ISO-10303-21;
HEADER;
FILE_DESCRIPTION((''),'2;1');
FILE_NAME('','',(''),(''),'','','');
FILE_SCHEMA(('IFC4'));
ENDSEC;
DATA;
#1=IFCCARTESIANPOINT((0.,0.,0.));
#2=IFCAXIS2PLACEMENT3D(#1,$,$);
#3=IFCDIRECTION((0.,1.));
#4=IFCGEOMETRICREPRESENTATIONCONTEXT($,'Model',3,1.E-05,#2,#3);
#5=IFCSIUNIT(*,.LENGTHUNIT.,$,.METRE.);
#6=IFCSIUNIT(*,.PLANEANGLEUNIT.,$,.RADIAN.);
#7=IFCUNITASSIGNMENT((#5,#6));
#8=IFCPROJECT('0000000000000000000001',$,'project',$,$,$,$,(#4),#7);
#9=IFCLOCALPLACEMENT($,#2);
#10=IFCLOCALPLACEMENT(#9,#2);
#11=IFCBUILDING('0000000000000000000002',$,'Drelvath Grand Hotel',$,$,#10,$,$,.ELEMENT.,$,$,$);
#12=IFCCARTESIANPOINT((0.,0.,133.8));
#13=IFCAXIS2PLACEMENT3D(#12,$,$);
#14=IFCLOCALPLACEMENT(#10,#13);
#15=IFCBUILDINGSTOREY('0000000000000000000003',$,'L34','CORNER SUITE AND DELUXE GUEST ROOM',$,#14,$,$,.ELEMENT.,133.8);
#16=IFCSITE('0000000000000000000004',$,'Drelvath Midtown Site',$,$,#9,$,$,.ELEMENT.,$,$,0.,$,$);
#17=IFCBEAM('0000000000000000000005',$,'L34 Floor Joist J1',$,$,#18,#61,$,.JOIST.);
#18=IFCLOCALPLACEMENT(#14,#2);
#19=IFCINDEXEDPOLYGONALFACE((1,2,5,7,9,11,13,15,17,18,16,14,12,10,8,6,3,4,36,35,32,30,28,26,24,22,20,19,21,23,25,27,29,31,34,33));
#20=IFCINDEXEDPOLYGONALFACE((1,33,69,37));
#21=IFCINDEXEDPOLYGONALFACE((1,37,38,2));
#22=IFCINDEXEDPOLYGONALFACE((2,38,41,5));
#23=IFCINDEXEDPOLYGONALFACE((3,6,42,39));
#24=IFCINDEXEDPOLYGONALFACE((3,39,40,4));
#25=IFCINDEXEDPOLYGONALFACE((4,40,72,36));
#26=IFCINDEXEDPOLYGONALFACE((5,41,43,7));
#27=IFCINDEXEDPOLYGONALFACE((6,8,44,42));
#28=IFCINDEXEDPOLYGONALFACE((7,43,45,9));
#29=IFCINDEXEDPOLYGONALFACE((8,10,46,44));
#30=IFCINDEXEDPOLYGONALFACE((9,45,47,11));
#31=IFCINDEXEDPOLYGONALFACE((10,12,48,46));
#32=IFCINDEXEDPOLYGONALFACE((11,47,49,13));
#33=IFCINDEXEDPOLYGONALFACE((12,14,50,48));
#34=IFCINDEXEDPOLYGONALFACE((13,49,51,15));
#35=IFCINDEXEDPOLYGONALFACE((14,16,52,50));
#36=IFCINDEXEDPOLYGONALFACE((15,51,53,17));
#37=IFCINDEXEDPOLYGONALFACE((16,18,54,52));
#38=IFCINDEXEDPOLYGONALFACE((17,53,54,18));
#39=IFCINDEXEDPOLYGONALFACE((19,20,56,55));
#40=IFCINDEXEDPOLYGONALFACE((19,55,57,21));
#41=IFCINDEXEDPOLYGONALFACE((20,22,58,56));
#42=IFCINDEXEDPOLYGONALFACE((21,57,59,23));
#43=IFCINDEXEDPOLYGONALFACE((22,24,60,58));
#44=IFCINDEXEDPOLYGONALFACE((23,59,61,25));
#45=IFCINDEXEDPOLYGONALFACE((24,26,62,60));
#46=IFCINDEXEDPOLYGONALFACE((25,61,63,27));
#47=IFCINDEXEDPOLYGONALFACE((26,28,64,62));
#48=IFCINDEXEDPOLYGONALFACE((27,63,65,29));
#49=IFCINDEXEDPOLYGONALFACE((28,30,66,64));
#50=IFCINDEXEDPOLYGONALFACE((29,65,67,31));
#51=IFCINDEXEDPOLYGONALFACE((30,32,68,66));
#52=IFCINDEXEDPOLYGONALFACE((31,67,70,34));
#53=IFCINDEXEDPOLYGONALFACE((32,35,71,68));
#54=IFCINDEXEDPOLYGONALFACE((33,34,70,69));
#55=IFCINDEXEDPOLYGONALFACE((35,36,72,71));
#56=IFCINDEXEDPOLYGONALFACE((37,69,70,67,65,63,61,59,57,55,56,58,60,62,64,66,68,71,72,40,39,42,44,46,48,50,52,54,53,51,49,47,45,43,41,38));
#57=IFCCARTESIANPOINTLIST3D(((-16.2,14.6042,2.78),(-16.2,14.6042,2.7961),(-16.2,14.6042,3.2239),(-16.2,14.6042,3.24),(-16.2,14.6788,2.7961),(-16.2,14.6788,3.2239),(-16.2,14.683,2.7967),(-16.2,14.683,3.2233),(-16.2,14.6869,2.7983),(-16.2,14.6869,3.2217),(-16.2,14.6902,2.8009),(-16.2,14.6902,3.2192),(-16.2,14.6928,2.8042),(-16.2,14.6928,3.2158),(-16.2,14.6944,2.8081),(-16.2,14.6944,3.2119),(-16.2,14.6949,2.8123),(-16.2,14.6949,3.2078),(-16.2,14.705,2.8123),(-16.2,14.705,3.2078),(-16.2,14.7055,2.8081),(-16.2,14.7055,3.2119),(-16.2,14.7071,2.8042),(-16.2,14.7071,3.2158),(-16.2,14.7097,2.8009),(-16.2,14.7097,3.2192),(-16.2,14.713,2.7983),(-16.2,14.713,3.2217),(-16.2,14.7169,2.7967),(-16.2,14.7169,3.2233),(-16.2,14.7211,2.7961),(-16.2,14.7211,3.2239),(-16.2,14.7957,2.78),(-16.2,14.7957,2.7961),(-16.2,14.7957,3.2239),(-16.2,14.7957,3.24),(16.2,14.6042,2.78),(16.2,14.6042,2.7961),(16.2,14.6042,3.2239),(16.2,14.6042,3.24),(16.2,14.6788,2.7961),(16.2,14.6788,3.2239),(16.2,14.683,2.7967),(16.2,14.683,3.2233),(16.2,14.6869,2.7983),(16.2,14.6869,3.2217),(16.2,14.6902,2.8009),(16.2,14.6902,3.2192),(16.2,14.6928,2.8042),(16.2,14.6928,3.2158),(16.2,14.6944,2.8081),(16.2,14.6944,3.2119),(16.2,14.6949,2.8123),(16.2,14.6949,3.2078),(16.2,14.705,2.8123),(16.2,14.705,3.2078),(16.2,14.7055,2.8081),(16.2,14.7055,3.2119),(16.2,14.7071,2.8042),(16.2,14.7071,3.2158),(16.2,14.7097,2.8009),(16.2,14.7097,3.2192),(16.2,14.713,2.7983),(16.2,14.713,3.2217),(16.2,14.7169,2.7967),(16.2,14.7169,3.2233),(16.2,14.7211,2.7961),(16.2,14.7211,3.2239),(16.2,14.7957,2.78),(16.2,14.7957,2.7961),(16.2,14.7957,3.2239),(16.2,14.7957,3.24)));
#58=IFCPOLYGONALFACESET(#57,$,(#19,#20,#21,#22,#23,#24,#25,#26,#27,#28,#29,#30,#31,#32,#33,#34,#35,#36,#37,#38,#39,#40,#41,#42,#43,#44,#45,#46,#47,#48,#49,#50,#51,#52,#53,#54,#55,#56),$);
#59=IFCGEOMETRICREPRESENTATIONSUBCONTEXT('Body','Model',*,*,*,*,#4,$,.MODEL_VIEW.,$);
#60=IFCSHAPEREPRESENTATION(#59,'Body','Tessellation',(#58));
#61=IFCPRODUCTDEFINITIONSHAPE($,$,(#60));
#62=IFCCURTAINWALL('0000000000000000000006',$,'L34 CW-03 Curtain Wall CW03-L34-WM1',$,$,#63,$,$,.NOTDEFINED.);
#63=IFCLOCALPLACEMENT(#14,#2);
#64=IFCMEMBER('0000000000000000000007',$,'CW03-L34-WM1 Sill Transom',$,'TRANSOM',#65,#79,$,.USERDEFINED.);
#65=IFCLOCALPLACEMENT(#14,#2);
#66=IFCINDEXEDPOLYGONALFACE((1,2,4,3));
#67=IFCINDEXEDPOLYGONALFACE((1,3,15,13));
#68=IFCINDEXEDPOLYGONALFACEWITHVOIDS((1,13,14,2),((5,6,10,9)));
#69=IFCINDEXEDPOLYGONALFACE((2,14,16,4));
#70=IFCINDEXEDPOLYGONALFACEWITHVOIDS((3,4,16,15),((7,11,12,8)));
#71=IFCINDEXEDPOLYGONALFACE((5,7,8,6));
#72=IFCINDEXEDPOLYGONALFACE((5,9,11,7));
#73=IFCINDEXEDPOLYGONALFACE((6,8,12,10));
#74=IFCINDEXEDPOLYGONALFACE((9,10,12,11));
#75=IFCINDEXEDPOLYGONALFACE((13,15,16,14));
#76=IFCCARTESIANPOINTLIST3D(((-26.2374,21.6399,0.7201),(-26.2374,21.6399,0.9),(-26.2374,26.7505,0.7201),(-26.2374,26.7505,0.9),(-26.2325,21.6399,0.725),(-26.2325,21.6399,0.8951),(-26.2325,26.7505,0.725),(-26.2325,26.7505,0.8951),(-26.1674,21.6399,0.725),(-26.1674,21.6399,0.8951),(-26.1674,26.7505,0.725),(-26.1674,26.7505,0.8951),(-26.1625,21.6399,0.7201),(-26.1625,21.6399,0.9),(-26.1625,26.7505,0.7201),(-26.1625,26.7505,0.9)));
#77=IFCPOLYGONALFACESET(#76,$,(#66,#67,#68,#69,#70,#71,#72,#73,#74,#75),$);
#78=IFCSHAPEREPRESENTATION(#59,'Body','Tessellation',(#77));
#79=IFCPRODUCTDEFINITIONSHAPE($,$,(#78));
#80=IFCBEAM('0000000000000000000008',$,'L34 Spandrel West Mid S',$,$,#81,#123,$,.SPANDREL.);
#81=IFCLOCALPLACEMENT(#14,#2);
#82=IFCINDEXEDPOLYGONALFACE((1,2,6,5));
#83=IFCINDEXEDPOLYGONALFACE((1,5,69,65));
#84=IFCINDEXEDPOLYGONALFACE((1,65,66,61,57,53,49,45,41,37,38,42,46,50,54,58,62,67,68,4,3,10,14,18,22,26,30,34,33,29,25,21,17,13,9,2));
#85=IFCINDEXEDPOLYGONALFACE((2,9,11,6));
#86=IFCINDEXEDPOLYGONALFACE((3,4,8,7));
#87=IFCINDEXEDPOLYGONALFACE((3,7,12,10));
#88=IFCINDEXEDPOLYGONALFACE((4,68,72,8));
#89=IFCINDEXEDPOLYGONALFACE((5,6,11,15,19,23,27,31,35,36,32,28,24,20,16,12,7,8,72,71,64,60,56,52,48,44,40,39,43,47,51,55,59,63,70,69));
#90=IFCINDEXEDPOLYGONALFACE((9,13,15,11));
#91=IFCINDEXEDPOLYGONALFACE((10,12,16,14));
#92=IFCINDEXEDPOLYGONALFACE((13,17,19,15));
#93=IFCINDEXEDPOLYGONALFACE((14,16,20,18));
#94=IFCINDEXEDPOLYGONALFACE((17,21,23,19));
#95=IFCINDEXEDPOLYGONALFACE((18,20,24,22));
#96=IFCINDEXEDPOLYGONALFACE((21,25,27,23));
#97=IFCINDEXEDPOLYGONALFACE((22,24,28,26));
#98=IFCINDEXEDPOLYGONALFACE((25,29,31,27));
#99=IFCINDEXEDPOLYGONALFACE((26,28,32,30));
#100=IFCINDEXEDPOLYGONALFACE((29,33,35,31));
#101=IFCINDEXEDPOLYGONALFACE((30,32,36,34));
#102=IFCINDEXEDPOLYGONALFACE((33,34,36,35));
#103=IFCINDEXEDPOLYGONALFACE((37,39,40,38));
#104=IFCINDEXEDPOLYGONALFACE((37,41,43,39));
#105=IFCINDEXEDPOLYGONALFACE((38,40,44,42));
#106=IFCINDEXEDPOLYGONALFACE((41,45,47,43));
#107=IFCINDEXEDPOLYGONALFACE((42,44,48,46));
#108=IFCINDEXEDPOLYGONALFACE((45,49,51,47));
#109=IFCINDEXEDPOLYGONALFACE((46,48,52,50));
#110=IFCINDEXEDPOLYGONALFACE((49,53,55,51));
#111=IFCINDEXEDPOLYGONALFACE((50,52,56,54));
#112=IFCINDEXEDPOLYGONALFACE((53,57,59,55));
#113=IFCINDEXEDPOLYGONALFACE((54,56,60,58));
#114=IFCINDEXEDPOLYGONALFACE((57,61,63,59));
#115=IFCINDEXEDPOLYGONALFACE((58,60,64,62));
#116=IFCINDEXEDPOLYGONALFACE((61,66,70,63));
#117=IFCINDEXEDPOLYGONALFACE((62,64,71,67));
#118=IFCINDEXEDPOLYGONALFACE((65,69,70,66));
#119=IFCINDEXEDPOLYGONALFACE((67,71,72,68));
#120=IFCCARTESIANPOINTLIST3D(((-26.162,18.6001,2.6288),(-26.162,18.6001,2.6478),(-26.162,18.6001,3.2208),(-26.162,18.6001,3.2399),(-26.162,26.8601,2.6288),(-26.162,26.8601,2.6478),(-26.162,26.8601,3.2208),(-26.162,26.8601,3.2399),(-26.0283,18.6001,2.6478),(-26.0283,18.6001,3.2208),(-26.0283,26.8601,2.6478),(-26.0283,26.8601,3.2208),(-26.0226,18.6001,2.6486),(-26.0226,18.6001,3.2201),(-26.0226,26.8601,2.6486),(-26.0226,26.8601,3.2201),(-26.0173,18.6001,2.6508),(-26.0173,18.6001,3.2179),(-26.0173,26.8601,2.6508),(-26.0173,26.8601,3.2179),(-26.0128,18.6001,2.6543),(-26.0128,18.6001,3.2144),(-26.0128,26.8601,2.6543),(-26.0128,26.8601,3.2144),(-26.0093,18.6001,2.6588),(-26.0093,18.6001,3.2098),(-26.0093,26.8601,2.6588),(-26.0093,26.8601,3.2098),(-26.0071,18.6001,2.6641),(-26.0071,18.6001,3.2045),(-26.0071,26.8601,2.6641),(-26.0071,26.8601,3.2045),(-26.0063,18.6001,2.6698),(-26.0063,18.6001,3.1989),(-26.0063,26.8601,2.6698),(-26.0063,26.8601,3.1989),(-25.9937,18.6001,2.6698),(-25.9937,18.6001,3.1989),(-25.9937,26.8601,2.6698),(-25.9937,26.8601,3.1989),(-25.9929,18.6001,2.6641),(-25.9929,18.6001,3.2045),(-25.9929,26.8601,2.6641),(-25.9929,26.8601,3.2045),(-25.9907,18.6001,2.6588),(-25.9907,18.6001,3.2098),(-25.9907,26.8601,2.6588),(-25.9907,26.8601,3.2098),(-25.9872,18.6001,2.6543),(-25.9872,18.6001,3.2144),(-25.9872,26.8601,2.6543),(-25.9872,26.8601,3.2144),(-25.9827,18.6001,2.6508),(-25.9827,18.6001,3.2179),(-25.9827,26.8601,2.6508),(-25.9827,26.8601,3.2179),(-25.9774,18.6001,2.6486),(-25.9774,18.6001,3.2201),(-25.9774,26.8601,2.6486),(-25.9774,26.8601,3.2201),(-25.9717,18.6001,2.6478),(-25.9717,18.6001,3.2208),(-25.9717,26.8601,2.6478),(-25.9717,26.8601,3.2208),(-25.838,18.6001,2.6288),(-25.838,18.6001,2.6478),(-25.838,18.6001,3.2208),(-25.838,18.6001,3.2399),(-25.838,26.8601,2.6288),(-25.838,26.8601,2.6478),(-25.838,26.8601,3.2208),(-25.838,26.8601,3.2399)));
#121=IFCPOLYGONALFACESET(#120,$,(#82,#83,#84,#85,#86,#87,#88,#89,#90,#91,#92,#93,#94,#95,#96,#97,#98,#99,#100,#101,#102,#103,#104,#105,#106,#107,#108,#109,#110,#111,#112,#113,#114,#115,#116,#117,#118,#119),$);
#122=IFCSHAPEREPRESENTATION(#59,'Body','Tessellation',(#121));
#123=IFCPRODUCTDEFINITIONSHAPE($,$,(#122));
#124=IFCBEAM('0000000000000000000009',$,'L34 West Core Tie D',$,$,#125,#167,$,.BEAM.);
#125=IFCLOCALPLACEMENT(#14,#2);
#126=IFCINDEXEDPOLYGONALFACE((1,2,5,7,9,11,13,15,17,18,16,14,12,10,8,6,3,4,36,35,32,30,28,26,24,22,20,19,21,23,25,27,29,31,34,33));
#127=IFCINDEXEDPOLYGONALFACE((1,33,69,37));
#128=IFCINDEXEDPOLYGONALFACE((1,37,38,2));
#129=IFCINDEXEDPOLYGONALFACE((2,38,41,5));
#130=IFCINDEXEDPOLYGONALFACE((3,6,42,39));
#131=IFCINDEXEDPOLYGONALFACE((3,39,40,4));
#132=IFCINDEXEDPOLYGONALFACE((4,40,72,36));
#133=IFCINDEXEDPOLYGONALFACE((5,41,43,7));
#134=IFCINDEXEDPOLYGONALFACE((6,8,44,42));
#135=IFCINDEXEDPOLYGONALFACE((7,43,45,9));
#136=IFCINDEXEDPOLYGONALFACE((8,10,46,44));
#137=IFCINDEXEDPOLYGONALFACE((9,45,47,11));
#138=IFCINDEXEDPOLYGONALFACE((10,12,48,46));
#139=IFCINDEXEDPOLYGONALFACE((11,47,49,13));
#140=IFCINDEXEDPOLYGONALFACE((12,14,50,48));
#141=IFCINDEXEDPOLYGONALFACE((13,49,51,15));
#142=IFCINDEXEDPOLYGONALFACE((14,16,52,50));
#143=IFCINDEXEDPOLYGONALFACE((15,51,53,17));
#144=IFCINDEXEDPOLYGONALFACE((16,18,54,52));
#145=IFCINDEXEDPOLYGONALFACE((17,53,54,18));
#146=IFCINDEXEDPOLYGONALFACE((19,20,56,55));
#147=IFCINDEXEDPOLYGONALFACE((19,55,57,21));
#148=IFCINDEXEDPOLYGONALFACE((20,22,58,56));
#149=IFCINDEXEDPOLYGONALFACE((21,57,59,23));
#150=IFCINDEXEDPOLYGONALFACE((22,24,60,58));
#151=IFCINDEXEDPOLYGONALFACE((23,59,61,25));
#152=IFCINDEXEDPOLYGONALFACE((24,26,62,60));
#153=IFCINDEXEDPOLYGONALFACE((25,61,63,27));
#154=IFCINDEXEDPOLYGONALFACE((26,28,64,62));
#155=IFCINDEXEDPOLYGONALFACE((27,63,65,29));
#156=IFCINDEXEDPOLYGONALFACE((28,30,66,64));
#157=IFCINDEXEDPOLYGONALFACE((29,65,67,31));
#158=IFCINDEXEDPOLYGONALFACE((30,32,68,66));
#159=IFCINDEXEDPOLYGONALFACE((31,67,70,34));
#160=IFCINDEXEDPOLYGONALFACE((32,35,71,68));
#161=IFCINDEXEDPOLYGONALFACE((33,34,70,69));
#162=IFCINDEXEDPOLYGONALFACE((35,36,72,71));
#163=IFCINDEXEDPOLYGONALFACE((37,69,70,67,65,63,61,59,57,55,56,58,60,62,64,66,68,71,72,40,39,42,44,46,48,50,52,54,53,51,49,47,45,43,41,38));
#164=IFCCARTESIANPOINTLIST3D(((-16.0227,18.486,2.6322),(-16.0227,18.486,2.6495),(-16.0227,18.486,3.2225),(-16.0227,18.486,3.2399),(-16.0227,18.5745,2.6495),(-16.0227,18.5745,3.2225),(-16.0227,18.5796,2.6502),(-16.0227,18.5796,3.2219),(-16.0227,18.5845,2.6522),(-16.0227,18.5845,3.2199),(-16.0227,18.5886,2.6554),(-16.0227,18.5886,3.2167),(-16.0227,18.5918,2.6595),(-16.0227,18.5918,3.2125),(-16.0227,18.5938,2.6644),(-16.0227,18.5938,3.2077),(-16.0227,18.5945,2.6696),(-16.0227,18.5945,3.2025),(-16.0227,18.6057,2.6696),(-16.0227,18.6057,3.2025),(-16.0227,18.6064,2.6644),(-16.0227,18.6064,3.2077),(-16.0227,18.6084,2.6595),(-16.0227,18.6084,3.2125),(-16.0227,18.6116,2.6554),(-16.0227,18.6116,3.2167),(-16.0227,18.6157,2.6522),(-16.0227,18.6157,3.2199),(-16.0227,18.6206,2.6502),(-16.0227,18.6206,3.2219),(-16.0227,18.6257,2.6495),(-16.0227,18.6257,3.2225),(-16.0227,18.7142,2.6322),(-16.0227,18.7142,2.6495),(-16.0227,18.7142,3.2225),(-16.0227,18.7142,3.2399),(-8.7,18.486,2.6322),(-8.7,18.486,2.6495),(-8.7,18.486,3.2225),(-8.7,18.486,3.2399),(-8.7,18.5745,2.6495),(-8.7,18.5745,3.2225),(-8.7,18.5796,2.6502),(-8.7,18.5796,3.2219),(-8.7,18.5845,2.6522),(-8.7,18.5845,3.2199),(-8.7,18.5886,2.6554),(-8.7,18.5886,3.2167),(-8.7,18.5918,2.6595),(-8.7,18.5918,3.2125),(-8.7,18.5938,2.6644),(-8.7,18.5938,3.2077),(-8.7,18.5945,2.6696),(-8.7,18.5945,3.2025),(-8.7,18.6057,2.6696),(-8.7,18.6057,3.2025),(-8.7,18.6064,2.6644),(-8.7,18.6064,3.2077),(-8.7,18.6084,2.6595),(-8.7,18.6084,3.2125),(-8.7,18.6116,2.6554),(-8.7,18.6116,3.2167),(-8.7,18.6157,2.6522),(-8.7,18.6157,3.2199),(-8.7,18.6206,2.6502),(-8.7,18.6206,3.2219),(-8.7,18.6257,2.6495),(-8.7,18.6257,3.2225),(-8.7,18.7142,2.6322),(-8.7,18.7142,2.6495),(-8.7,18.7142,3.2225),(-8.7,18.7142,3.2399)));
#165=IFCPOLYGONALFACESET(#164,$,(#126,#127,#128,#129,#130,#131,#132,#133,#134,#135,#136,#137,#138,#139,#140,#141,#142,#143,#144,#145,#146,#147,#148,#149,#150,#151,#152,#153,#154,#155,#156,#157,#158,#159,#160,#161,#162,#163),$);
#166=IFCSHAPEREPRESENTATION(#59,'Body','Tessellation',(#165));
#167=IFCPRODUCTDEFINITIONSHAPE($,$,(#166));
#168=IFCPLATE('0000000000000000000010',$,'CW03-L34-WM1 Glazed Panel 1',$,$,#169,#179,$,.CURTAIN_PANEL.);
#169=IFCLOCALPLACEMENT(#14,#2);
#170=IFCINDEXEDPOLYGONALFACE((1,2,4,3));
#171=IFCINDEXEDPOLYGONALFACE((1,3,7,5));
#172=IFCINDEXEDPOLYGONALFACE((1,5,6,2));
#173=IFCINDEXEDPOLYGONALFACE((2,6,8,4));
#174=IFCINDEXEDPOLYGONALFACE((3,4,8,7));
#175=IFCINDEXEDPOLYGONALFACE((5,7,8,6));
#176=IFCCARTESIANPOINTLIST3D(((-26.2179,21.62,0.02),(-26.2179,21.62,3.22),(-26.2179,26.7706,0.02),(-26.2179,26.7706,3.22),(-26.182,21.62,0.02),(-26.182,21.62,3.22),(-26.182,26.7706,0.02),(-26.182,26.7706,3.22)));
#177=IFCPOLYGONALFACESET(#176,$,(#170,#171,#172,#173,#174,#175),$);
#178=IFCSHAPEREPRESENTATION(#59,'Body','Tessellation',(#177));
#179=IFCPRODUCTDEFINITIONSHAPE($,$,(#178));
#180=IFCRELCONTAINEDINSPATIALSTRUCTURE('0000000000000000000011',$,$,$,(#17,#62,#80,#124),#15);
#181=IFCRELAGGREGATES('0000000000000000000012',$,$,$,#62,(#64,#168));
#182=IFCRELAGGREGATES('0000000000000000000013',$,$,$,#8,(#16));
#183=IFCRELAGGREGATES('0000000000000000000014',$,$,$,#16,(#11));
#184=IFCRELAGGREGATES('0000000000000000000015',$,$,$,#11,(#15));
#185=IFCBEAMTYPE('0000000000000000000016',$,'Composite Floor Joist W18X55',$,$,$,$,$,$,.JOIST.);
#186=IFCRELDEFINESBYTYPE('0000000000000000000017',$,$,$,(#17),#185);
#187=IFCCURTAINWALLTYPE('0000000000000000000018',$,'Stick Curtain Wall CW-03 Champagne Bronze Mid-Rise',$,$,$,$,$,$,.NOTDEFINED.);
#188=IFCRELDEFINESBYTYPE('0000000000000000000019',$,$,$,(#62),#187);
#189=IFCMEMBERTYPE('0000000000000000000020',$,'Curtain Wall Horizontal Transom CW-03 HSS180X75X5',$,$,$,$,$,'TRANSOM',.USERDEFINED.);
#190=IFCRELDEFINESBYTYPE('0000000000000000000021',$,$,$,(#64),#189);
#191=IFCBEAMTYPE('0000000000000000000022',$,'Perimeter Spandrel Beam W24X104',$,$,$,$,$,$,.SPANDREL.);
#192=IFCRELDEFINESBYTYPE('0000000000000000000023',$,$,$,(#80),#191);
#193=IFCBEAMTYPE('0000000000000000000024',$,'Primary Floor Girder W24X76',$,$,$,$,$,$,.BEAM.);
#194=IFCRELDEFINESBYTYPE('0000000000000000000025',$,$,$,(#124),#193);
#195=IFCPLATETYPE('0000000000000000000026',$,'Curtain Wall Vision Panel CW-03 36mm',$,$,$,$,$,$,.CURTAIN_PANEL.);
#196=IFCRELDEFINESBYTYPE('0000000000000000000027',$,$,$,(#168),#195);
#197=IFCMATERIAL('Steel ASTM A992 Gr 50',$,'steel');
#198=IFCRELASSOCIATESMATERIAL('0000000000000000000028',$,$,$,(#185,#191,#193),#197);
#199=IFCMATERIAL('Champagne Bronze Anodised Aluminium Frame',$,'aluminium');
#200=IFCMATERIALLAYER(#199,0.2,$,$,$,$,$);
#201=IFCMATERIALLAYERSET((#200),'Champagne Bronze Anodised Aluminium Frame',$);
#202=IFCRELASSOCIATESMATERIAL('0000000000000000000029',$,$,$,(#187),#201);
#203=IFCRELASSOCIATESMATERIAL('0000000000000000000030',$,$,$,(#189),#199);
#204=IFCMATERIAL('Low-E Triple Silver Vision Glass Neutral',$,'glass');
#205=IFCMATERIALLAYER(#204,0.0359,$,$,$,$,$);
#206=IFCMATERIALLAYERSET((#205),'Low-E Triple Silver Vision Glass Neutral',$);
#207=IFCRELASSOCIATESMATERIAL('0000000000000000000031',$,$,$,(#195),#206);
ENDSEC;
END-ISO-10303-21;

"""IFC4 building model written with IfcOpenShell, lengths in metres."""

from ifc_helpers import new_model, si_unit, direction, frame, origin, origin_2d, place, context, subcontext, project, spatial, rectangle, hollow_rectangle, i_section, extrude, material, layer, layer_set, material_profile, profile_set, type_object, element, aggregate, save


model = new_model("IFC4")

# Units and contexts
model_context = context("Model", 3, precision=1e-05, world=origin(), true_north=direction((0.0, 1.0)))
body_context = subcontext(model_context, "Body", "Model", "MODEL_VIEW")
ifc_project = project(units=[si_unit("LENGTHUNIT", "METRE"), si_unit("PLANEANGLEUNIT", "RADIAN")], contexts=[model_context])

# Site, building, storey
site_placement = place(None, origin())
site = spatial("IfcSite", under=ifc_project, at=site_placement, Name="Drelvath Midtown Site", CompositionType="ELEMENT", RefElevation=0.0)
building_placement = place(site_placement, origin())
building = spatial("IfcBuilding", under=site, at=building_placement, Name="Drelvath Grand Hotel", CompositionType="ELEMENT")
storey_placement = place(building_placement, frame((0.0, 0.0, 133.8)))
storey = spatial("IfcBuildingStorey", under=building, at=storey_placement, Name="L34", Description="CORNER SUITE AND DELUXE GUEST ROOM", CompositionType="ELEMENT", Elevation=133.8)

# Beam
ifc_material_1 = material(Name="Steel ASTM A992 Gr 50", Category="steel")
ifc_material_profile_1 = material_profile(ifc_material_1, i_section(OverallWidth=0.1914, OverallDepth=0.46, WebThickness=0.01, FlangeThickness=0.0161, FilletRadius=0.0161, at=origin_2d()), Name="W18X55")
ifc_profile_set_1 = profile_set([ifc_material_profile_1], Name="Steel ASTM A992 Gr 50")
beam_type_1 = type_object("IfcBeamType", Name="Composite Floor Joist W18X55", PredefinedType="JOIST", material=ifc_profile_set_1)
beam_1_placement = place(storey_placement, frame((-16.2, 14.7, 3.01), z_axis=(1.0, 0.0, 0.0), x_axis=(0.0, 1.0, 0.0)))
element("IfcBeam", 1, at=beam_1_placement, inside=storey, type_object=beam_type_1, Name="L34 Floor Joist J1", PredefinedType="JOIST", context=body_context, shape_type="SweptSolid", body=[
    extrude(i_section(OverallWidth=0.1914, OverallDepth=0.46, WebThickness=0.01, FlangeThickness=0.0161, FilletRadius=0.0161, at=origin_2d()), origin(), (0.0, 0.0, 1.0), 32.3999),
])

# Curtain wall, member
ifc_material_2 = material(Name="Champagne Bronze Anodised Aluminium Frame", Category="aluminium")
ifc_layer_1 = layer(ifc_material_2, 0.2)
ifc_layer_set_1 = layer_set([ifc_layer_1], Name="Champagne Bronze Anodised Aluminium Frame")
curtain_wall_type = type_object("IfcCurtainWallType", Name="Stick Curtain Wall CW-03 Champagne Bronze Mid-Rise", PredefinedType="NOTDEFINED", material=ifc_layer_set_1)
curtain_wall_placement = place(storey_placement, origin())
curtain_wall = element("IfcCurtainWall", 2, at=curtain_wall_placement, inside=storey, type_object=curtain_wall_type, Name="L34 CW-03 Curtain Wall CW03-L34-WM1", PredefinedType="NOTDEFINED")
ifc_material_profile_2 = material_profile(ifc_material_2, hollow_rectangle(XDim=0.075, YDim=0.1799, WallThickness=0.0049, at=origin_2d()), Name="HSS180X75X5")
ifc_profile_set_2 = profile_set([ifc_material_profile_2], Name="Champagne Bronze Anodised Aluminium Frame")
member_type = type_object("IfcMemberType", Name="Curtain Wall Horizontal Transom CW-03 HSS180X75X5", ElementType="TRANSOM", PredefinedType="USERDEFINED", material=ifc_profile_set_2)
member_placement = place(storey_placement, frame((-26.2, 21.6399, 0.8101), z_axis=(0.0, 1.0, 0.0), x_axis=(-1.0, 0.0, 0.0)))
member = element("IfcMember", 3, at=member_placement, type_object=member_type, Name="CW03-L34-WM1 Sill Transom", ObjectType="TRANSOM", PredefinedType="USERDEFINED", context=body_context, shape_type="SweptSolid", body=[
    extrude(hollow_rectangle(XDim=0.075, YDim=0.1799, WallThickness=0.0049, at=origin_2d()), origin(), (0.0, 0.0, 1.0), 5.1106),
])

# Beams
ifc_material_profile_3 = material_profile(ifc_material_1, i_section(OverallWidth=0.324, OverallDepth=0.6111, WebThickness=0.0127, FlangeThickness=0.019, FilletRadius=0.022, at=origin_2d()), Name="W24X104")
ifc_profile_set_3 = profile_set([ifc_material_profile_3], Name="Steel ASTM A992 Gr 50")
beam_type_2 = type_object("IfcBeamType", Name="Perimeter Spandrel Beam W24X104", PredefinedType="SPANDREL", material=ifc_profile_set_3)
beam_2_placement = place(storey_placement, frame((-26.0, 18.6001, 2.9343), z_axis=(0.0, 1.0, 0.0), x_axis=(-1.0, 0.0, 0.0)))
element("IfcBeam", 4, at=beam_2_placement, inside=storey, type_object=beam_type_2, Name="L34 Spandrel West Mid S", PredefinedType="SPANDREL", context=body_context, shape_type="SweptSolid", body=[
    extrude(i_section(OverallWidth=0.324, OverallDepth=0.6111, WebThickness=0.0127, FlangeThickness=0.019, FilletRadius=0.022, at=origin_2d()), origin(), (0.0, 0.0, 1.0), 8.26),
])
ifc_material_profile_4 = material_profile(ifc_material_1, i_section(OverallWidth=0.2283, OverallDepth=0.6077, WebThickness=0.0112, FlangeThickness=0.0173, FilletRadius=0.02, at=origin_2d()), Name="W24X76")
ifc_profile_set_4 = profile_set([ifc_material_profile_4], Name="Steel ASTM A992 Gr 50")
beam_type_3 = type_object("IfcBeamType", Name="Primary Floor Girder W24X76", PredefinedType="BEAM", material=ifc_profile_set_4)
beam_3_placement = place(storey_placement, frame((-16.0227, 18.6001, 2.936), z_axis=(1.0, 0.0, 0.0), x_axis=(0.0, 1.0, 0.0)))
element("IfcBeam", 5, at=beam_3_placement, inside=storey, type_object=beam_type_3, Name="L34 West Core Tie D", PredefinedType="BEAM", context=body_context, shape_type="SweptSolid", body=[
    extrude(i_section(OverallWidth=0.2283, OverallDepth=0.6077, WebThickness=0.0112, FlangeThickness=0.0173, FilletRadius=0.02, at=origin_2d()), origin(), (0.0, 0.0, 1.0), 7.3228),
])

# Plate
ifc_material_3 = material(Name="Low-E Triple Silver Vision Glass Neutral", Category="glass")
ifc_layer_2 = layer(ifc_material_3, 0.0359)
ifc_layer_set_2 = layer_set([ifc_layer_2], Name="Low-E Triple Silver Vision Glass Neutral")
plate_type = type_object("IfcPlateType", Name="Curtain Wall Vision Panel CW-03 36mm", PredefinedType="CURTAIN_PANEL", material=ifc_layer_set_2)
plate_placement = place(storey_placement, frame((-26.2, 24.1953, 0.02), z_axis=(0.0, 0.0, 1.0), x_axis=(0.0, 1.0, 0.0)))
plate = element("IfcPlate", 6, at=plate_placement, type_object=plate_type, Name="CW03-L34-WM1 Glazed Panel 1", PredefinedType="CURTAIN_PANEL", context=body_context, shape_type="SweptSolid", body=[
    extrude(rectangle(XDim=5.1506, YDim=0.0359, at=origin_2d()), origin(), (0.0, 0.0, 1.0), 3.2),
])
aggregate(curtain_wall, [member, plate])

save(model, "model.ifc")
